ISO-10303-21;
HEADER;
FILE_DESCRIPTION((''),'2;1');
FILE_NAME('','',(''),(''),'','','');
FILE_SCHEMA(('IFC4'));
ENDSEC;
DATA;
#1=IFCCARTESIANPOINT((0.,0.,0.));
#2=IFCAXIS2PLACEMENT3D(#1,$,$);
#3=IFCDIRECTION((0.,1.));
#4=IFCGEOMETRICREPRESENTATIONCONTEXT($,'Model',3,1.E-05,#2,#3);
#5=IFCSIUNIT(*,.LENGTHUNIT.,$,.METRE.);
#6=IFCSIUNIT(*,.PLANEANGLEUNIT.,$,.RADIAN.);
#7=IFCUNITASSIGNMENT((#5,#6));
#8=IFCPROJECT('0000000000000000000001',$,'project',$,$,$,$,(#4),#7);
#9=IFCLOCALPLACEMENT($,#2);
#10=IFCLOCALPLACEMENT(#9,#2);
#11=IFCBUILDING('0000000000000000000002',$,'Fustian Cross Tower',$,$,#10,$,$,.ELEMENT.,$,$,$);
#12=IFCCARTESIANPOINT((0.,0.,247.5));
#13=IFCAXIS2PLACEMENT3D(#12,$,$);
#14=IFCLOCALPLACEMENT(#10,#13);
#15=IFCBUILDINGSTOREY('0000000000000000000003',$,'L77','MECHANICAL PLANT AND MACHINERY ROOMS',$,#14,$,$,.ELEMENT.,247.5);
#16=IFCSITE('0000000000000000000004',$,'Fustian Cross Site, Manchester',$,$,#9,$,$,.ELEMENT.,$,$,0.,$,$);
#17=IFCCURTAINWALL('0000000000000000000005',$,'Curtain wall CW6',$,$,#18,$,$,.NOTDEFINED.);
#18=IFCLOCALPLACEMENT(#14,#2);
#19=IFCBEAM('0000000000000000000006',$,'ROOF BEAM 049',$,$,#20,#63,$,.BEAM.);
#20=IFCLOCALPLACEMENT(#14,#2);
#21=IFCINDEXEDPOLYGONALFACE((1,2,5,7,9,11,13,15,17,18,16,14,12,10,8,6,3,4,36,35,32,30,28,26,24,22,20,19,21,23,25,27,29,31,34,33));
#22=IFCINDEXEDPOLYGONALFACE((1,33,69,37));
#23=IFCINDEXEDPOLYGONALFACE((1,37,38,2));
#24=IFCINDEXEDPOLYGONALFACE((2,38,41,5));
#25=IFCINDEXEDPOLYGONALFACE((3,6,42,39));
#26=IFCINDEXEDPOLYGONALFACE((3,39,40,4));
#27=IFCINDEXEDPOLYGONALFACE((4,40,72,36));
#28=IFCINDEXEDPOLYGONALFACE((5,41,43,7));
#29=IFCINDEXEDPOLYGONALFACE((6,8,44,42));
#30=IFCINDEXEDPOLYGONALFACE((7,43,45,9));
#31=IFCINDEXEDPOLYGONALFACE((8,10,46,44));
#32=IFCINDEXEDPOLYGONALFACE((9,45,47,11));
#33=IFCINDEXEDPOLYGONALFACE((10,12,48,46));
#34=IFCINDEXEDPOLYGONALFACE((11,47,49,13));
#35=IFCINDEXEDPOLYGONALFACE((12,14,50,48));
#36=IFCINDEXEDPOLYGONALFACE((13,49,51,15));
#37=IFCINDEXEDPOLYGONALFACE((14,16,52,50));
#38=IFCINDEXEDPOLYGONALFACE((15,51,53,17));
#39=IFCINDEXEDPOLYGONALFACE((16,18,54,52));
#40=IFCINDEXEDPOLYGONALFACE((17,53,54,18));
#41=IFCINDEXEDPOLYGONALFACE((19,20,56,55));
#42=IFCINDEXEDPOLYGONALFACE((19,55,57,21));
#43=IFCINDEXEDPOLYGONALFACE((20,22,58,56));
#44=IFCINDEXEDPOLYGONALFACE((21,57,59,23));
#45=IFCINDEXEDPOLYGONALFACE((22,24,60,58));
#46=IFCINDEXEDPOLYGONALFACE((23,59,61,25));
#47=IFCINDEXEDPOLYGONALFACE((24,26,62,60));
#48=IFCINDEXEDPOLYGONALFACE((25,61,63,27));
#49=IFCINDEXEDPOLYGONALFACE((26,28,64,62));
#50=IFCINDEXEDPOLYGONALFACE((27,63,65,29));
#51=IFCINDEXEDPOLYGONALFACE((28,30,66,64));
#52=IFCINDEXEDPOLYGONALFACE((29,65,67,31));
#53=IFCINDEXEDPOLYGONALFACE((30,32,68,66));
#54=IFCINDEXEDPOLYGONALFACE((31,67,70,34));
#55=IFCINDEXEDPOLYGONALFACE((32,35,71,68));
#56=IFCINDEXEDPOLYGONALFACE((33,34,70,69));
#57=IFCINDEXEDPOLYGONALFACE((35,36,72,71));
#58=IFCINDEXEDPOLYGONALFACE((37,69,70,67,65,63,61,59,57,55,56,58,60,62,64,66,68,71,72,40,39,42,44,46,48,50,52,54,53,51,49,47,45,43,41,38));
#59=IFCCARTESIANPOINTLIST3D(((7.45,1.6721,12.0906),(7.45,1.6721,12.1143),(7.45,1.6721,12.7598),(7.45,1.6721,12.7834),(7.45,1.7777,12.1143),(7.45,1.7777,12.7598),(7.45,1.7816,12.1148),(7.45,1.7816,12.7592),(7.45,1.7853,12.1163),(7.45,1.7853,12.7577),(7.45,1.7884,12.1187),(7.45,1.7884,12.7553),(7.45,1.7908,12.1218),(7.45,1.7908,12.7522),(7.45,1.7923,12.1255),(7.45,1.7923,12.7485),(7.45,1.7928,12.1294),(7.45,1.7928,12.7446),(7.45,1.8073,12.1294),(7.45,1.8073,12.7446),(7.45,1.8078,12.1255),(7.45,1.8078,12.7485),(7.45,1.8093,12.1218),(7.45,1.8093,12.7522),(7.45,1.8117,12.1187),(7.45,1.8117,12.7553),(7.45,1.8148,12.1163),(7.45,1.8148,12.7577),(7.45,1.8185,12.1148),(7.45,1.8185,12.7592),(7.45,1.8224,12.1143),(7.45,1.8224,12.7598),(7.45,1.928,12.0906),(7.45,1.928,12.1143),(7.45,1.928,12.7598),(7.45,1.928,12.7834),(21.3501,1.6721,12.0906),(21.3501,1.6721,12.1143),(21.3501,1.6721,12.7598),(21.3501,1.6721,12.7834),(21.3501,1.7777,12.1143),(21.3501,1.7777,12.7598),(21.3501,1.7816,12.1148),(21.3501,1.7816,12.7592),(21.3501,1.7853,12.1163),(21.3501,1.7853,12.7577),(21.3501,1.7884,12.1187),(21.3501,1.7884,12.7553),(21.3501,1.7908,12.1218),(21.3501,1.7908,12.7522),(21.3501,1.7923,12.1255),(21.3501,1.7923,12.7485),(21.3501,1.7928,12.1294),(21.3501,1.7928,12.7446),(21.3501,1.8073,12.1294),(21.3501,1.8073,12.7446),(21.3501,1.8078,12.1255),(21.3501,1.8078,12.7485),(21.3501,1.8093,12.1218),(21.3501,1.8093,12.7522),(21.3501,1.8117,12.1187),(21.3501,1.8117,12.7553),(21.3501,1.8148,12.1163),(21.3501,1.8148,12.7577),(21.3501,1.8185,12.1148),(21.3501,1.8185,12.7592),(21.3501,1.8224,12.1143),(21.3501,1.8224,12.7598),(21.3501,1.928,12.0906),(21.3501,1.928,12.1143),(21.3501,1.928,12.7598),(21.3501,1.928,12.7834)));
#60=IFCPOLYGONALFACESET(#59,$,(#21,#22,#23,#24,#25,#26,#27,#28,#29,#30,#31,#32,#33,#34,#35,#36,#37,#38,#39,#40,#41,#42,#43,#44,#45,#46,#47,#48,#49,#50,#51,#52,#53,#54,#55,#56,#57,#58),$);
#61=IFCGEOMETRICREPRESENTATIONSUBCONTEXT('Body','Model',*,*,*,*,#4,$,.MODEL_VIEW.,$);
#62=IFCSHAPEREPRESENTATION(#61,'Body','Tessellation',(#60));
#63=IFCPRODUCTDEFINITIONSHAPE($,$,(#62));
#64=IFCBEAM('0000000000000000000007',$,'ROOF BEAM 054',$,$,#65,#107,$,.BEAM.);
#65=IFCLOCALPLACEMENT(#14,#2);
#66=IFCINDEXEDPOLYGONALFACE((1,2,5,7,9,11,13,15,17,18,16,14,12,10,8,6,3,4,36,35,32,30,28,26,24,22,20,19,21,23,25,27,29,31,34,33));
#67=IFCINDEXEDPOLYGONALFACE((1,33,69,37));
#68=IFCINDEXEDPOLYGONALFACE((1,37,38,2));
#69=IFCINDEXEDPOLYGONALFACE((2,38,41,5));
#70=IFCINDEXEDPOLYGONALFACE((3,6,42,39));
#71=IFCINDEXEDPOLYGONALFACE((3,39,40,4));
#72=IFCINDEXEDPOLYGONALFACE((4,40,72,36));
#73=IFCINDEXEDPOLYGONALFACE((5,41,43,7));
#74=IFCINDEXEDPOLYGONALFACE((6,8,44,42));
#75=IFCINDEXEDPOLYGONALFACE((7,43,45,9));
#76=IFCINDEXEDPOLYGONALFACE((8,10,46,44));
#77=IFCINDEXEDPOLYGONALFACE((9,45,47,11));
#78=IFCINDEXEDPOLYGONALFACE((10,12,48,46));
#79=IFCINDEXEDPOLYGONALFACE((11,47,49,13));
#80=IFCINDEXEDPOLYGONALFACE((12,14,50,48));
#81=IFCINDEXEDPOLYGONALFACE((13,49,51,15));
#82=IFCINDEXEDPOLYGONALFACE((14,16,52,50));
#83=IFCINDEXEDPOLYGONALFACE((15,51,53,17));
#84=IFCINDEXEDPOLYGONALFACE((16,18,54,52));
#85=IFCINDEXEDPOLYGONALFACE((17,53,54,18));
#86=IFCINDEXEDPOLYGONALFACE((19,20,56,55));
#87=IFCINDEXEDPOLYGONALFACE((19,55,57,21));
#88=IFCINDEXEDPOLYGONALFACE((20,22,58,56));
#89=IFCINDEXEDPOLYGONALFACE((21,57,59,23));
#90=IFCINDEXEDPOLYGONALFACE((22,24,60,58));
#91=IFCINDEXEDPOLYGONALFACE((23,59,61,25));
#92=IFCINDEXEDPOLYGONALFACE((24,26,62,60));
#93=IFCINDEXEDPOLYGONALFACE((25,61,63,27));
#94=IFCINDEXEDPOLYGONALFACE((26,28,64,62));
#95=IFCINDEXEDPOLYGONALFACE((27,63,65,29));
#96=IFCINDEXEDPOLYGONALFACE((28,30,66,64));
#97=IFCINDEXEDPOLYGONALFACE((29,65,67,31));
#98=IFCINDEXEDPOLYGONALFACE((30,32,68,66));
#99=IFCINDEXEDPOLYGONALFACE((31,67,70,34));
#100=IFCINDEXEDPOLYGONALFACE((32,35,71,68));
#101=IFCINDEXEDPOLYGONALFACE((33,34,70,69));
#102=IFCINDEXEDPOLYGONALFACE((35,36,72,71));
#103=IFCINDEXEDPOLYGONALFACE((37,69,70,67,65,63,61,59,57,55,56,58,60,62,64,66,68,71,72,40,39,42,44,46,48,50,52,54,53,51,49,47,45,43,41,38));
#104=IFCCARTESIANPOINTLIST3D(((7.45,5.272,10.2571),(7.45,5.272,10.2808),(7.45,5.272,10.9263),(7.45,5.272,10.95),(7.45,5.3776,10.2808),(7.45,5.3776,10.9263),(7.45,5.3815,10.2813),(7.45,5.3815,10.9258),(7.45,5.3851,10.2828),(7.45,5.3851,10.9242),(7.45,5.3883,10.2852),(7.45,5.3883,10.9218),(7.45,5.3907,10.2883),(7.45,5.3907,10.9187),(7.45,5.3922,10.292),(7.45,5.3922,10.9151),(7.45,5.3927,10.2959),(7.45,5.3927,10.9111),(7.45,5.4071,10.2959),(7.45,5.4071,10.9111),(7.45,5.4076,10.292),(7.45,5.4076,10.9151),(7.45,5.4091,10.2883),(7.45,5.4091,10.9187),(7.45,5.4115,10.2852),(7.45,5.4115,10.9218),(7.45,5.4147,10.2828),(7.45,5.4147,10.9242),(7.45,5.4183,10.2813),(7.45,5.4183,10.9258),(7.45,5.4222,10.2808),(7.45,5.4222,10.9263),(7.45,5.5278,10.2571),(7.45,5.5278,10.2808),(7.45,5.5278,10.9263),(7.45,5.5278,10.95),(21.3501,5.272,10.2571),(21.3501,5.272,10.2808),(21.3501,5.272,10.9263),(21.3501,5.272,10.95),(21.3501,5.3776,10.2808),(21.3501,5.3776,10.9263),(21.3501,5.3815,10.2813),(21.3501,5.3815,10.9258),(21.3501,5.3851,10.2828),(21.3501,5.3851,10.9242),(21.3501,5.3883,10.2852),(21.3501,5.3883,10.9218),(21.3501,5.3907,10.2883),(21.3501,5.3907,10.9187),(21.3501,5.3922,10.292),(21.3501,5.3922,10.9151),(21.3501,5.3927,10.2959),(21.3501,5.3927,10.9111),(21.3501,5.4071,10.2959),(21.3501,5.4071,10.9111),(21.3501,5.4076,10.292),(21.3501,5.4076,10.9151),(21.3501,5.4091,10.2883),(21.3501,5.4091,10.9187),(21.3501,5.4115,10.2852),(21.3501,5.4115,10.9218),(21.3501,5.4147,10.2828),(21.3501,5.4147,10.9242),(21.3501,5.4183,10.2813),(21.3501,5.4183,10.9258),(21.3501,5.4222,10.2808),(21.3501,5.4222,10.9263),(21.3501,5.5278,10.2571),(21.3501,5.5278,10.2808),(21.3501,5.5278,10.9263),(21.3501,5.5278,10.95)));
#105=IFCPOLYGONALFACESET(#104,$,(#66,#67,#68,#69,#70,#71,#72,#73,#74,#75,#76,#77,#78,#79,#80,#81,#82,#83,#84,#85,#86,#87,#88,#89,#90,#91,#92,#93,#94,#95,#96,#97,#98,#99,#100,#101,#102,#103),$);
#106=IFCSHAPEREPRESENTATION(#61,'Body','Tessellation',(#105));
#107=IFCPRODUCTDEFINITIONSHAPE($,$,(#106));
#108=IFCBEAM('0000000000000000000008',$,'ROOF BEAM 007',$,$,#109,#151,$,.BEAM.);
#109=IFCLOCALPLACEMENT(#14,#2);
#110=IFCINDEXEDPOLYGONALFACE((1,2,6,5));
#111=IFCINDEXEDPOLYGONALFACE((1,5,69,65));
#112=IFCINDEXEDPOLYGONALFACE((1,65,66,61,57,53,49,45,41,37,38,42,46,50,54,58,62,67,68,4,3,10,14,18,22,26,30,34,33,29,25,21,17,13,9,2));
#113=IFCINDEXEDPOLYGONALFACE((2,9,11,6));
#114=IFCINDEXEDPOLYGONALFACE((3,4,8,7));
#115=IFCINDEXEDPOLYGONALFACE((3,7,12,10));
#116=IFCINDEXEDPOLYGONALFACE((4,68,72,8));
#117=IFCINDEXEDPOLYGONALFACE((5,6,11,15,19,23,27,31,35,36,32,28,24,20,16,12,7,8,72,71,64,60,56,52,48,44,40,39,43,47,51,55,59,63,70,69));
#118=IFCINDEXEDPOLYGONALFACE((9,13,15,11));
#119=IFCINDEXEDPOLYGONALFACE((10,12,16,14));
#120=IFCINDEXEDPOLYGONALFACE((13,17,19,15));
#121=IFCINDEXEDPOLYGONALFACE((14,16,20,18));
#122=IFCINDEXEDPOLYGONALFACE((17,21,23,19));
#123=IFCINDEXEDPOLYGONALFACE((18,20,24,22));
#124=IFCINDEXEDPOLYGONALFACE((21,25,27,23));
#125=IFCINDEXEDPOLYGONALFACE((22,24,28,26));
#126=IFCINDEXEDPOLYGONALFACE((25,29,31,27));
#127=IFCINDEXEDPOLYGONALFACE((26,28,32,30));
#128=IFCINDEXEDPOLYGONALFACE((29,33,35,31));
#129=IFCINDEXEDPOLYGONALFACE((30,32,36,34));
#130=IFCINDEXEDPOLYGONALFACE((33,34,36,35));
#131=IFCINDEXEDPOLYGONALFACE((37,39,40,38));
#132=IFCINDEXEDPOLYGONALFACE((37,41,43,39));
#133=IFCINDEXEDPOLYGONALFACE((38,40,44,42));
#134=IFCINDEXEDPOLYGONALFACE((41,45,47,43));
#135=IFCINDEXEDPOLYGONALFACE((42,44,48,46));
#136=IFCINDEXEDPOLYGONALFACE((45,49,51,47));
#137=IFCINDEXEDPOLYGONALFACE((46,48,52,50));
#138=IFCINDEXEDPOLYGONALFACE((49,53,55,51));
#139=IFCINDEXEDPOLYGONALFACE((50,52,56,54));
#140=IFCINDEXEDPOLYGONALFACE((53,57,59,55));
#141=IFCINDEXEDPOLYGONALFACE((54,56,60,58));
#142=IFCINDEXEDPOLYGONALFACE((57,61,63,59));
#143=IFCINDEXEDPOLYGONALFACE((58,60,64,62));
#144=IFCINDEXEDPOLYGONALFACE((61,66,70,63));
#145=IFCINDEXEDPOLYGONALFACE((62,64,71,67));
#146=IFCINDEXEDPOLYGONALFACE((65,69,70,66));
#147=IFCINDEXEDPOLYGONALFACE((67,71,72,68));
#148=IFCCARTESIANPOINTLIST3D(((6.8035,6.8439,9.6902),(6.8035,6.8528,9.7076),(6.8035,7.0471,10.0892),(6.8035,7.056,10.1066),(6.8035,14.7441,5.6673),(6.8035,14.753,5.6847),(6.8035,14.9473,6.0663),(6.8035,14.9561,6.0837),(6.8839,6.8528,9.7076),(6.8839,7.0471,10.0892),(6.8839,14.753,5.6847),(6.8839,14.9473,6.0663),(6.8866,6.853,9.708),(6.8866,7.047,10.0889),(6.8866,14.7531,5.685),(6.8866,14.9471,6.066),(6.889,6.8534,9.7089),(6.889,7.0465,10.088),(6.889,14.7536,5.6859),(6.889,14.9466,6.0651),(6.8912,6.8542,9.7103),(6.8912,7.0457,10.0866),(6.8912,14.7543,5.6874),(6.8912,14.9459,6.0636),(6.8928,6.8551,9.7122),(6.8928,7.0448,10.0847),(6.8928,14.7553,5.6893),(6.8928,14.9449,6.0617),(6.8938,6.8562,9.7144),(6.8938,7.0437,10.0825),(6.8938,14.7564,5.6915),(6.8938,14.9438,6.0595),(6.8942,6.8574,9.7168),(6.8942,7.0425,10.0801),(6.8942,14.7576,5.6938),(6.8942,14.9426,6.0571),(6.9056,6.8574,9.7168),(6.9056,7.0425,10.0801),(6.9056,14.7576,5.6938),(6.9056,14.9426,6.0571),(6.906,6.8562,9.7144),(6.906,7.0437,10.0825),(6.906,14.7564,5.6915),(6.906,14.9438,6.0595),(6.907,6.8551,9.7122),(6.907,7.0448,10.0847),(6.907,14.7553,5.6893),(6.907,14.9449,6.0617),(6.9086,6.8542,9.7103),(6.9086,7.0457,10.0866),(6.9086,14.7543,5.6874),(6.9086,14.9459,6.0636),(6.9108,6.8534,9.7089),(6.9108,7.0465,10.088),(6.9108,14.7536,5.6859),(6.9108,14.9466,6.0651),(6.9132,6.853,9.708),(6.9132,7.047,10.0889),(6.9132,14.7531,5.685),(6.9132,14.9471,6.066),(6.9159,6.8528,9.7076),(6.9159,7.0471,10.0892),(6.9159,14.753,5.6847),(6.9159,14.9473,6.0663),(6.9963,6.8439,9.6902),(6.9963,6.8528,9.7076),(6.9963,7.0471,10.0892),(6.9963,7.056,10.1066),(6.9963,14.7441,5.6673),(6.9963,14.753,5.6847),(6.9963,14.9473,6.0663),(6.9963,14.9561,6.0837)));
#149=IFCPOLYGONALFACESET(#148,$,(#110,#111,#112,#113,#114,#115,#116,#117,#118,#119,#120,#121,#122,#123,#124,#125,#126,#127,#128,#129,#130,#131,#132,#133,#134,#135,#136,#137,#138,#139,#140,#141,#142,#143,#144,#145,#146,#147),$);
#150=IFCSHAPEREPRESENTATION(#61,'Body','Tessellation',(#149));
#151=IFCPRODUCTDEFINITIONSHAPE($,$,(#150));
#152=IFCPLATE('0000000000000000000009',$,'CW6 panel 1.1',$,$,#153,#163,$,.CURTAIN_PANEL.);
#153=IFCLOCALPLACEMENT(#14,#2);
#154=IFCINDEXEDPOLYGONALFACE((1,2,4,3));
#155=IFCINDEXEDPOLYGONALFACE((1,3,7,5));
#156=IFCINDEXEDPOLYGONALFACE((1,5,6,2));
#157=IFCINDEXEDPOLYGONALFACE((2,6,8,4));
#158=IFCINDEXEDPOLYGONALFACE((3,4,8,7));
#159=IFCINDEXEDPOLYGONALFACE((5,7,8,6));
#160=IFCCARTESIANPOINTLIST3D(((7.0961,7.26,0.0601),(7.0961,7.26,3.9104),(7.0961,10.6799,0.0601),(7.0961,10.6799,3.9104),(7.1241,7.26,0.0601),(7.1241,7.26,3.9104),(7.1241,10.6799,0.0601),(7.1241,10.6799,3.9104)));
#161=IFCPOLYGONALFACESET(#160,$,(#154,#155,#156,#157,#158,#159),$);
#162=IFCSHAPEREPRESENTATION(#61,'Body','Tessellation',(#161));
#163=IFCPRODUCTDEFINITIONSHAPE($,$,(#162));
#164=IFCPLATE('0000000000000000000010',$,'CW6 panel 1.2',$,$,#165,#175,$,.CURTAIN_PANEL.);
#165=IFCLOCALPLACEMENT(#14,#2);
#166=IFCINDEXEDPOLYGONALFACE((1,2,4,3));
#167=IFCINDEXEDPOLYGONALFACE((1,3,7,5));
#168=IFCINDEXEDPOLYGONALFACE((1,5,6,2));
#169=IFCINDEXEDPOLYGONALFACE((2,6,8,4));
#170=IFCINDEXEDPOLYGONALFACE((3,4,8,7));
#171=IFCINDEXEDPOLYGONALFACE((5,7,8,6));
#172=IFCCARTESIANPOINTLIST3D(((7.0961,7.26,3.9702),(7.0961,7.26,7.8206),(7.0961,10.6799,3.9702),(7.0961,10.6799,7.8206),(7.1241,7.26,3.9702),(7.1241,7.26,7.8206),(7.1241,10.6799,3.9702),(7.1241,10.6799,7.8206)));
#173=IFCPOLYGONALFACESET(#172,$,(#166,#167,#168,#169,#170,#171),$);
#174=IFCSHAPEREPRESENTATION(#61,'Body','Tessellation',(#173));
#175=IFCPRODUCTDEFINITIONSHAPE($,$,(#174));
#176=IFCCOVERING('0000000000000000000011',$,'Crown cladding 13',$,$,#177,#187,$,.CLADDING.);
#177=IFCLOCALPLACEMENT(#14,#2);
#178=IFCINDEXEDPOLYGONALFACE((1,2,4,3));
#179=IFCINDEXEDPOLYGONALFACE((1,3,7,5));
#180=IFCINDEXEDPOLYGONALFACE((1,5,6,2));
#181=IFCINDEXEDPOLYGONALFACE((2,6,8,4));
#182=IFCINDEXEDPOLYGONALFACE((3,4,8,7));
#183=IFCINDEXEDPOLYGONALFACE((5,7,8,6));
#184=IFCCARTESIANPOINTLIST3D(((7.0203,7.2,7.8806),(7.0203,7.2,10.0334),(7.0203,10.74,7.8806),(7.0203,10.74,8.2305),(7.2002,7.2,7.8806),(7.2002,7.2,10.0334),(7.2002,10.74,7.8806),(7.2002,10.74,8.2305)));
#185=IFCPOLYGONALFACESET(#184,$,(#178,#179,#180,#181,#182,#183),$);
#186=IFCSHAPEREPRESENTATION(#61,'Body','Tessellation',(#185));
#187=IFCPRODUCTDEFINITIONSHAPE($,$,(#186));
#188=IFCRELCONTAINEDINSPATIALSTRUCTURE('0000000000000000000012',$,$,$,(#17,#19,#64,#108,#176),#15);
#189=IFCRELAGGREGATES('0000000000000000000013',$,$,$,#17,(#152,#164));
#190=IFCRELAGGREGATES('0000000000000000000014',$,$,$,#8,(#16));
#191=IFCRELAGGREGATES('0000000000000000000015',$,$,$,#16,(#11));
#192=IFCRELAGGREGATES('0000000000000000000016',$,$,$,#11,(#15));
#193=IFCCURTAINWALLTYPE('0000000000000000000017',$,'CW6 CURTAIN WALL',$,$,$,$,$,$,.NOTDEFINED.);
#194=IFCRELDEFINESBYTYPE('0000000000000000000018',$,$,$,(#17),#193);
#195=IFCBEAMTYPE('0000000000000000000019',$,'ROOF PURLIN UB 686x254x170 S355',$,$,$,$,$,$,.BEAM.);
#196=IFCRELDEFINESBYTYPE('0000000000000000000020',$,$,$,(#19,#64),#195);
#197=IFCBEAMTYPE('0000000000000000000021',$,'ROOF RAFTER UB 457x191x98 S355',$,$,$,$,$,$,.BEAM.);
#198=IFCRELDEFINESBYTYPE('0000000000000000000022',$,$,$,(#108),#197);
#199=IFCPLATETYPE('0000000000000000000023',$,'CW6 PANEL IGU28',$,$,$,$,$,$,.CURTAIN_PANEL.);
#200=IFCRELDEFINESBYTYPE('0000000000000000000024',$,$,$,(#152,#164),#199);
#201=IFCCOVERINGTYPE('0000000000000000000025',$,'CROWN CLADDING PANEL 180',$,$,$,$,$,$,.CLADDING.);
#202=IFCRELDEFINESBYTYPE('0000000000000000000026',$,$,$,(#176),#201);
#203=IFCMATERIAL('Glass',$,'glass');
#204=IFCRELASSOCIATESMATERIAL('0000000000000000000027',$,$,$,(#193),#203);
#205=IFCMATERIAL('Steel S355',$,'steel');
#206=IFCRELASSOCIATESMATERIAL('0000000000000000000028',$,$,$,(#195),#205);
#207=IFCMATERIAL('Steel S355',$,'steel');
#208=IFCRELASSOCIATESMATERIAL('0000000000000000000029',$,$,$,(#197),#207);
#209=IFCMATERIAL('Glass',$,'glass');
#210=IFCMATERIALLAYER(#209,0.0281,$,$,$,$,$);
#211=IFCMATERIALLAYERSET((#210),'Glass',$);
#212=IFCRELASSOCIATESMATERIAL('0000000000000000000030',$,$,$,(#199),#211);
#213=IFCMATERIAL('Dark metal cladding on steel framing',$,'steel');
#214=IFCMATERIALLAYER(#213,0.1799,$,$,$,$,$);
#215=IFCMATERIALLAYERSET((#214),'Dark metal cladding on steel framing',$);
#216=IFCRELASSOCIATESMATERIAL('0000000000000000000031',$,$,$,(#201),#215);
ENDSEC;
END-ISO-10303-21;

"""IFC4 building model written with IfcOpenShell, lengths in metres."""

from ifc_helpers import new_model, si_unit, direction, frame, origin, origin_2d, place, context, subcontext, project, spatial, polyline, rectangle, i_section, outline, extrude, material, layer, layer_set, material_profile, profile_set, type_object, element, aggregate, save


model = new_model("IFC4")

# Units and contexts
model_context = context("Model", 3, precision=1e-05, world=origin(), true_north=direction((0.0, 1.0)))
body_context = subcontext(model_context, "Body", "Model", "MODEL_VIEW")
ifc_project = project(units=[si_unit("LENGTHUNIT", "METRE"), si_unit("PLANEANGLEUNIT", "RADIAN")], contexts=[model_context])

# Site, building, storey
site_placement = place(None, origin())
site = spatial("IfcSite", under=ifc_project, at=site_placement, Name="Fustian Cross Site, Manchester", CompositionType="ELEMENT", RefElevation=0.0)
building_placement = place(site_placement, origin())
building = spatial("IfcBuilding", under=site, at=building_placement, Name="Fustian Cross Tower", CompositionType="ELEMENT")
storey_placement = place(building_placement, frame((0.0, 0.0, 247.5)))
storey = spatial("IfcBuildingStorey", under=building, at=storey_placement, Name="L77", Description="MECHANICAL PLANT AND MACHINERY ROOMS", CompositionType="ELEMENT", Elevation=247.5)

# Curtain wall
ifc_material_1 = material(Name="Glass", Category="glass")
curtain_wall_type = type_object("IfcCurtainWallType", Name="CW6 CURTAIN WALL", PredefinedType="NOTDEFINED", material=ifc_material_1)
curtain_wall_placement = place(storey_placement, origin())
curtain_wall = element("IfcCurtainWall", 1, at=curtain_wall_placement, inside=storey, type_object=curtain_wall_type, Name="Curtain wall CW6", PredefinedType="NOTDEFINED")

# Beams
ifc_material_2 = material(Name="Steel S355", Category="steel")
ifc_material_profile_1 = material_profile(ifc_material_2, i_section(OverallWidth=0.2559, OverallDepth=0.6929, WebThickness=0.0144, FlangeThickness=0.0237, FilletRadius=0.0151, at=origin_2d()), Name="UB 686x254x170")
ifc_profile_set_1 = profile_set([ifc_material_profile_1], Name="Steel S355")
beam_type_1 = type_object("IfcBeamType", Name="ROOF PURLIN UB 686x254x170 S355", PredefinedType="BEAM", material=ifc_profile_set_1)
for number, where, z_axis, x_axis, name in (
    (2, (7.45, 1.8, 12.437), (1.0, 0.0, 0.0), (0.0, 1.0, 0.0), "ROOF BEAM 049"),
    (3, (7.45, 5.3999, 10.6035), (1.0, 0.0, 0.0), (0.0, 1.0, 0.0), "ROOF BEAM 054"),
):
    element("IfcBeam", number, at=place(storey_placement, frame(where, z_axis=z_axis, x_axis=x_axis)), inside=storey, type_object=beam_type_1, Name=name, PredefinedType="BEAM", context=body_context, shape_type="SweptSolid", body=[
        extrude(i_section(OverallWidth=0.2559, OverallDepth=0.6929, WebThickness=0.0144, FlangeThickness=0.0237, FilletRadius=0.0151, at=origin_2d()), origin(), (0.0, 0.0, 1.0), 13.9001),
    ])
ifc_material_3 = material(Name="Steel S355", Category="steel")
ifc_material_profile_2 = material_profile(ifc_material_3, i_section(OverallWidth=0.1929, OverallDepth=0.4673, WebThickness=0.0115, FlangeThickness=0.0195, FilletRadius=0.0103, at=origin_2d()), Name="UB 457x191x98")
ifc_profile_set_2 = profile_set([ifc_material_profile_2], Name="Steel S355")
beam_type_2 = type_object("IfcBeamType", Name="ROOF RAFTER UB 457x191x98 S355", PredefinedType="BEAM", material=ifc_profile_set_2)
beam_1_placement = place(storey_placement, frame((6.8999, 6.95, 9.8984), z_axis=(0.0, 0.891115, -0.453778), x_axis=(-1.0, 0.0, 0.0)))
element("IfcBeam", 4, at=beam_1_placement, inside=storey, type_object=beam_type_2, Name="ROOF BEAM 007", PredefinedType="BEAM", context=body_context, shape_type="SweptSolid", body=[
    extrude(i_section(OverallWidth=0.1929, OverallDepth=0.4673, WebThickness=0.0115, FlangeThickness=0.0195, FilletRadius=0.0103, at=origin_2d()), origin(), (0.0, 0.0, 1.0), 8.8655),
])

# Plates
ifc_material_4 = material(Name="Glass", Category="glass")
ifc_layer_1 = layer(ifc_material_4, 0.0281)
ifc_layer_set_1 = layer_set([ifc_layer_1], Name="Glass")
plate_type = type_object("IfcPlateType", Name="CW6 PANEL IGU28", PredefinedType="CURTAIN_PANEL", material=ifc_layer_set_1)
plate_1_placement = place(storey_placement, frame((7.1101, 8.97, 0.0601), z_axis=(0.0, 0.0, 1.0), x_axis=(0.0, 1.0, 0.0)))
plate_1 = element("IfcPlate", 5, at=plate_1_placement, type_object=plate_type, Name="CW6 panel 1.1", PredefinedType="CURTAIN_PANEL", context=body_context, shape_type="SweptSolid", body=[
    extrude(rectangle(XDim=3.4199, YDim=0.0281, at=origin_2d()), origin(), (0.0, 0.0, 1.0), 3.8503),
])
plate_2_placement = place(storey_placement, frame((7.1101, 8.97, 3.9702), z_axis=(0.0, 0.0, 1.0), x_axis=(0.0, 1.0, 0.0)))
plate_2 = element("IfcPlate", 6, at=plate_2_placement, type_object=plate_type, Name="CW6 panel 1.2", PredefinedType="CURTAIN_PANEL", context=body_context, shape_type="SweptSolid", body=[
    extrude(rectangle(XDim=3.4199, YDim=0.0281, at=origin_2d()), origin(), (0.0, 0.0, 1.0), 3.8503),
])
aggregate(curtain_wall, [plate_1, plate_2])

# Covering
ifc_material_5 = material(Name="Dark metal cladding on steel framing", Category="steel")
ifc_layer_2 = layer(ifc_material_5, 0.1799)
ifc_layer_set_2 = layer_set([ifc_layer_2], Name="Dark metal cladding on steel framing")
covering_type = type_object("IfcCoveringType", Name="CROWN CLADDING PANEL 180", PredefinedType="CLADDING", material=ifc_layer_set_2)
covering_placement = place(storey_placement, frame((7.1101, 7.2, 7.8806), z_axis=(0.0, 0.0, 1.0), x_axis=(0.0, 1.0, 0.0)))
element("IfcCovering", 7, at=covering_placement, inside=storey, type_object=covering_type, Name="Crown cladding 13", PredefinedType="CLADDING", context=body_context, shape_type="SweptSolid", body=[
    extrude(outline(polyline([(0.0, 0.0), (3.54, 0.0), (3.54, 0.3499), (0.0, 2.1528), (0.0, 0.0)])), frame((0.0, 0.0898, 0.0), z_axis=(0.0, -1.0, 0.0), x_axis=(1.0, 0.0, 0.0)), (0.0, 0.0, 1.0), 0.1799),
])

save(model, "model.ifc")
